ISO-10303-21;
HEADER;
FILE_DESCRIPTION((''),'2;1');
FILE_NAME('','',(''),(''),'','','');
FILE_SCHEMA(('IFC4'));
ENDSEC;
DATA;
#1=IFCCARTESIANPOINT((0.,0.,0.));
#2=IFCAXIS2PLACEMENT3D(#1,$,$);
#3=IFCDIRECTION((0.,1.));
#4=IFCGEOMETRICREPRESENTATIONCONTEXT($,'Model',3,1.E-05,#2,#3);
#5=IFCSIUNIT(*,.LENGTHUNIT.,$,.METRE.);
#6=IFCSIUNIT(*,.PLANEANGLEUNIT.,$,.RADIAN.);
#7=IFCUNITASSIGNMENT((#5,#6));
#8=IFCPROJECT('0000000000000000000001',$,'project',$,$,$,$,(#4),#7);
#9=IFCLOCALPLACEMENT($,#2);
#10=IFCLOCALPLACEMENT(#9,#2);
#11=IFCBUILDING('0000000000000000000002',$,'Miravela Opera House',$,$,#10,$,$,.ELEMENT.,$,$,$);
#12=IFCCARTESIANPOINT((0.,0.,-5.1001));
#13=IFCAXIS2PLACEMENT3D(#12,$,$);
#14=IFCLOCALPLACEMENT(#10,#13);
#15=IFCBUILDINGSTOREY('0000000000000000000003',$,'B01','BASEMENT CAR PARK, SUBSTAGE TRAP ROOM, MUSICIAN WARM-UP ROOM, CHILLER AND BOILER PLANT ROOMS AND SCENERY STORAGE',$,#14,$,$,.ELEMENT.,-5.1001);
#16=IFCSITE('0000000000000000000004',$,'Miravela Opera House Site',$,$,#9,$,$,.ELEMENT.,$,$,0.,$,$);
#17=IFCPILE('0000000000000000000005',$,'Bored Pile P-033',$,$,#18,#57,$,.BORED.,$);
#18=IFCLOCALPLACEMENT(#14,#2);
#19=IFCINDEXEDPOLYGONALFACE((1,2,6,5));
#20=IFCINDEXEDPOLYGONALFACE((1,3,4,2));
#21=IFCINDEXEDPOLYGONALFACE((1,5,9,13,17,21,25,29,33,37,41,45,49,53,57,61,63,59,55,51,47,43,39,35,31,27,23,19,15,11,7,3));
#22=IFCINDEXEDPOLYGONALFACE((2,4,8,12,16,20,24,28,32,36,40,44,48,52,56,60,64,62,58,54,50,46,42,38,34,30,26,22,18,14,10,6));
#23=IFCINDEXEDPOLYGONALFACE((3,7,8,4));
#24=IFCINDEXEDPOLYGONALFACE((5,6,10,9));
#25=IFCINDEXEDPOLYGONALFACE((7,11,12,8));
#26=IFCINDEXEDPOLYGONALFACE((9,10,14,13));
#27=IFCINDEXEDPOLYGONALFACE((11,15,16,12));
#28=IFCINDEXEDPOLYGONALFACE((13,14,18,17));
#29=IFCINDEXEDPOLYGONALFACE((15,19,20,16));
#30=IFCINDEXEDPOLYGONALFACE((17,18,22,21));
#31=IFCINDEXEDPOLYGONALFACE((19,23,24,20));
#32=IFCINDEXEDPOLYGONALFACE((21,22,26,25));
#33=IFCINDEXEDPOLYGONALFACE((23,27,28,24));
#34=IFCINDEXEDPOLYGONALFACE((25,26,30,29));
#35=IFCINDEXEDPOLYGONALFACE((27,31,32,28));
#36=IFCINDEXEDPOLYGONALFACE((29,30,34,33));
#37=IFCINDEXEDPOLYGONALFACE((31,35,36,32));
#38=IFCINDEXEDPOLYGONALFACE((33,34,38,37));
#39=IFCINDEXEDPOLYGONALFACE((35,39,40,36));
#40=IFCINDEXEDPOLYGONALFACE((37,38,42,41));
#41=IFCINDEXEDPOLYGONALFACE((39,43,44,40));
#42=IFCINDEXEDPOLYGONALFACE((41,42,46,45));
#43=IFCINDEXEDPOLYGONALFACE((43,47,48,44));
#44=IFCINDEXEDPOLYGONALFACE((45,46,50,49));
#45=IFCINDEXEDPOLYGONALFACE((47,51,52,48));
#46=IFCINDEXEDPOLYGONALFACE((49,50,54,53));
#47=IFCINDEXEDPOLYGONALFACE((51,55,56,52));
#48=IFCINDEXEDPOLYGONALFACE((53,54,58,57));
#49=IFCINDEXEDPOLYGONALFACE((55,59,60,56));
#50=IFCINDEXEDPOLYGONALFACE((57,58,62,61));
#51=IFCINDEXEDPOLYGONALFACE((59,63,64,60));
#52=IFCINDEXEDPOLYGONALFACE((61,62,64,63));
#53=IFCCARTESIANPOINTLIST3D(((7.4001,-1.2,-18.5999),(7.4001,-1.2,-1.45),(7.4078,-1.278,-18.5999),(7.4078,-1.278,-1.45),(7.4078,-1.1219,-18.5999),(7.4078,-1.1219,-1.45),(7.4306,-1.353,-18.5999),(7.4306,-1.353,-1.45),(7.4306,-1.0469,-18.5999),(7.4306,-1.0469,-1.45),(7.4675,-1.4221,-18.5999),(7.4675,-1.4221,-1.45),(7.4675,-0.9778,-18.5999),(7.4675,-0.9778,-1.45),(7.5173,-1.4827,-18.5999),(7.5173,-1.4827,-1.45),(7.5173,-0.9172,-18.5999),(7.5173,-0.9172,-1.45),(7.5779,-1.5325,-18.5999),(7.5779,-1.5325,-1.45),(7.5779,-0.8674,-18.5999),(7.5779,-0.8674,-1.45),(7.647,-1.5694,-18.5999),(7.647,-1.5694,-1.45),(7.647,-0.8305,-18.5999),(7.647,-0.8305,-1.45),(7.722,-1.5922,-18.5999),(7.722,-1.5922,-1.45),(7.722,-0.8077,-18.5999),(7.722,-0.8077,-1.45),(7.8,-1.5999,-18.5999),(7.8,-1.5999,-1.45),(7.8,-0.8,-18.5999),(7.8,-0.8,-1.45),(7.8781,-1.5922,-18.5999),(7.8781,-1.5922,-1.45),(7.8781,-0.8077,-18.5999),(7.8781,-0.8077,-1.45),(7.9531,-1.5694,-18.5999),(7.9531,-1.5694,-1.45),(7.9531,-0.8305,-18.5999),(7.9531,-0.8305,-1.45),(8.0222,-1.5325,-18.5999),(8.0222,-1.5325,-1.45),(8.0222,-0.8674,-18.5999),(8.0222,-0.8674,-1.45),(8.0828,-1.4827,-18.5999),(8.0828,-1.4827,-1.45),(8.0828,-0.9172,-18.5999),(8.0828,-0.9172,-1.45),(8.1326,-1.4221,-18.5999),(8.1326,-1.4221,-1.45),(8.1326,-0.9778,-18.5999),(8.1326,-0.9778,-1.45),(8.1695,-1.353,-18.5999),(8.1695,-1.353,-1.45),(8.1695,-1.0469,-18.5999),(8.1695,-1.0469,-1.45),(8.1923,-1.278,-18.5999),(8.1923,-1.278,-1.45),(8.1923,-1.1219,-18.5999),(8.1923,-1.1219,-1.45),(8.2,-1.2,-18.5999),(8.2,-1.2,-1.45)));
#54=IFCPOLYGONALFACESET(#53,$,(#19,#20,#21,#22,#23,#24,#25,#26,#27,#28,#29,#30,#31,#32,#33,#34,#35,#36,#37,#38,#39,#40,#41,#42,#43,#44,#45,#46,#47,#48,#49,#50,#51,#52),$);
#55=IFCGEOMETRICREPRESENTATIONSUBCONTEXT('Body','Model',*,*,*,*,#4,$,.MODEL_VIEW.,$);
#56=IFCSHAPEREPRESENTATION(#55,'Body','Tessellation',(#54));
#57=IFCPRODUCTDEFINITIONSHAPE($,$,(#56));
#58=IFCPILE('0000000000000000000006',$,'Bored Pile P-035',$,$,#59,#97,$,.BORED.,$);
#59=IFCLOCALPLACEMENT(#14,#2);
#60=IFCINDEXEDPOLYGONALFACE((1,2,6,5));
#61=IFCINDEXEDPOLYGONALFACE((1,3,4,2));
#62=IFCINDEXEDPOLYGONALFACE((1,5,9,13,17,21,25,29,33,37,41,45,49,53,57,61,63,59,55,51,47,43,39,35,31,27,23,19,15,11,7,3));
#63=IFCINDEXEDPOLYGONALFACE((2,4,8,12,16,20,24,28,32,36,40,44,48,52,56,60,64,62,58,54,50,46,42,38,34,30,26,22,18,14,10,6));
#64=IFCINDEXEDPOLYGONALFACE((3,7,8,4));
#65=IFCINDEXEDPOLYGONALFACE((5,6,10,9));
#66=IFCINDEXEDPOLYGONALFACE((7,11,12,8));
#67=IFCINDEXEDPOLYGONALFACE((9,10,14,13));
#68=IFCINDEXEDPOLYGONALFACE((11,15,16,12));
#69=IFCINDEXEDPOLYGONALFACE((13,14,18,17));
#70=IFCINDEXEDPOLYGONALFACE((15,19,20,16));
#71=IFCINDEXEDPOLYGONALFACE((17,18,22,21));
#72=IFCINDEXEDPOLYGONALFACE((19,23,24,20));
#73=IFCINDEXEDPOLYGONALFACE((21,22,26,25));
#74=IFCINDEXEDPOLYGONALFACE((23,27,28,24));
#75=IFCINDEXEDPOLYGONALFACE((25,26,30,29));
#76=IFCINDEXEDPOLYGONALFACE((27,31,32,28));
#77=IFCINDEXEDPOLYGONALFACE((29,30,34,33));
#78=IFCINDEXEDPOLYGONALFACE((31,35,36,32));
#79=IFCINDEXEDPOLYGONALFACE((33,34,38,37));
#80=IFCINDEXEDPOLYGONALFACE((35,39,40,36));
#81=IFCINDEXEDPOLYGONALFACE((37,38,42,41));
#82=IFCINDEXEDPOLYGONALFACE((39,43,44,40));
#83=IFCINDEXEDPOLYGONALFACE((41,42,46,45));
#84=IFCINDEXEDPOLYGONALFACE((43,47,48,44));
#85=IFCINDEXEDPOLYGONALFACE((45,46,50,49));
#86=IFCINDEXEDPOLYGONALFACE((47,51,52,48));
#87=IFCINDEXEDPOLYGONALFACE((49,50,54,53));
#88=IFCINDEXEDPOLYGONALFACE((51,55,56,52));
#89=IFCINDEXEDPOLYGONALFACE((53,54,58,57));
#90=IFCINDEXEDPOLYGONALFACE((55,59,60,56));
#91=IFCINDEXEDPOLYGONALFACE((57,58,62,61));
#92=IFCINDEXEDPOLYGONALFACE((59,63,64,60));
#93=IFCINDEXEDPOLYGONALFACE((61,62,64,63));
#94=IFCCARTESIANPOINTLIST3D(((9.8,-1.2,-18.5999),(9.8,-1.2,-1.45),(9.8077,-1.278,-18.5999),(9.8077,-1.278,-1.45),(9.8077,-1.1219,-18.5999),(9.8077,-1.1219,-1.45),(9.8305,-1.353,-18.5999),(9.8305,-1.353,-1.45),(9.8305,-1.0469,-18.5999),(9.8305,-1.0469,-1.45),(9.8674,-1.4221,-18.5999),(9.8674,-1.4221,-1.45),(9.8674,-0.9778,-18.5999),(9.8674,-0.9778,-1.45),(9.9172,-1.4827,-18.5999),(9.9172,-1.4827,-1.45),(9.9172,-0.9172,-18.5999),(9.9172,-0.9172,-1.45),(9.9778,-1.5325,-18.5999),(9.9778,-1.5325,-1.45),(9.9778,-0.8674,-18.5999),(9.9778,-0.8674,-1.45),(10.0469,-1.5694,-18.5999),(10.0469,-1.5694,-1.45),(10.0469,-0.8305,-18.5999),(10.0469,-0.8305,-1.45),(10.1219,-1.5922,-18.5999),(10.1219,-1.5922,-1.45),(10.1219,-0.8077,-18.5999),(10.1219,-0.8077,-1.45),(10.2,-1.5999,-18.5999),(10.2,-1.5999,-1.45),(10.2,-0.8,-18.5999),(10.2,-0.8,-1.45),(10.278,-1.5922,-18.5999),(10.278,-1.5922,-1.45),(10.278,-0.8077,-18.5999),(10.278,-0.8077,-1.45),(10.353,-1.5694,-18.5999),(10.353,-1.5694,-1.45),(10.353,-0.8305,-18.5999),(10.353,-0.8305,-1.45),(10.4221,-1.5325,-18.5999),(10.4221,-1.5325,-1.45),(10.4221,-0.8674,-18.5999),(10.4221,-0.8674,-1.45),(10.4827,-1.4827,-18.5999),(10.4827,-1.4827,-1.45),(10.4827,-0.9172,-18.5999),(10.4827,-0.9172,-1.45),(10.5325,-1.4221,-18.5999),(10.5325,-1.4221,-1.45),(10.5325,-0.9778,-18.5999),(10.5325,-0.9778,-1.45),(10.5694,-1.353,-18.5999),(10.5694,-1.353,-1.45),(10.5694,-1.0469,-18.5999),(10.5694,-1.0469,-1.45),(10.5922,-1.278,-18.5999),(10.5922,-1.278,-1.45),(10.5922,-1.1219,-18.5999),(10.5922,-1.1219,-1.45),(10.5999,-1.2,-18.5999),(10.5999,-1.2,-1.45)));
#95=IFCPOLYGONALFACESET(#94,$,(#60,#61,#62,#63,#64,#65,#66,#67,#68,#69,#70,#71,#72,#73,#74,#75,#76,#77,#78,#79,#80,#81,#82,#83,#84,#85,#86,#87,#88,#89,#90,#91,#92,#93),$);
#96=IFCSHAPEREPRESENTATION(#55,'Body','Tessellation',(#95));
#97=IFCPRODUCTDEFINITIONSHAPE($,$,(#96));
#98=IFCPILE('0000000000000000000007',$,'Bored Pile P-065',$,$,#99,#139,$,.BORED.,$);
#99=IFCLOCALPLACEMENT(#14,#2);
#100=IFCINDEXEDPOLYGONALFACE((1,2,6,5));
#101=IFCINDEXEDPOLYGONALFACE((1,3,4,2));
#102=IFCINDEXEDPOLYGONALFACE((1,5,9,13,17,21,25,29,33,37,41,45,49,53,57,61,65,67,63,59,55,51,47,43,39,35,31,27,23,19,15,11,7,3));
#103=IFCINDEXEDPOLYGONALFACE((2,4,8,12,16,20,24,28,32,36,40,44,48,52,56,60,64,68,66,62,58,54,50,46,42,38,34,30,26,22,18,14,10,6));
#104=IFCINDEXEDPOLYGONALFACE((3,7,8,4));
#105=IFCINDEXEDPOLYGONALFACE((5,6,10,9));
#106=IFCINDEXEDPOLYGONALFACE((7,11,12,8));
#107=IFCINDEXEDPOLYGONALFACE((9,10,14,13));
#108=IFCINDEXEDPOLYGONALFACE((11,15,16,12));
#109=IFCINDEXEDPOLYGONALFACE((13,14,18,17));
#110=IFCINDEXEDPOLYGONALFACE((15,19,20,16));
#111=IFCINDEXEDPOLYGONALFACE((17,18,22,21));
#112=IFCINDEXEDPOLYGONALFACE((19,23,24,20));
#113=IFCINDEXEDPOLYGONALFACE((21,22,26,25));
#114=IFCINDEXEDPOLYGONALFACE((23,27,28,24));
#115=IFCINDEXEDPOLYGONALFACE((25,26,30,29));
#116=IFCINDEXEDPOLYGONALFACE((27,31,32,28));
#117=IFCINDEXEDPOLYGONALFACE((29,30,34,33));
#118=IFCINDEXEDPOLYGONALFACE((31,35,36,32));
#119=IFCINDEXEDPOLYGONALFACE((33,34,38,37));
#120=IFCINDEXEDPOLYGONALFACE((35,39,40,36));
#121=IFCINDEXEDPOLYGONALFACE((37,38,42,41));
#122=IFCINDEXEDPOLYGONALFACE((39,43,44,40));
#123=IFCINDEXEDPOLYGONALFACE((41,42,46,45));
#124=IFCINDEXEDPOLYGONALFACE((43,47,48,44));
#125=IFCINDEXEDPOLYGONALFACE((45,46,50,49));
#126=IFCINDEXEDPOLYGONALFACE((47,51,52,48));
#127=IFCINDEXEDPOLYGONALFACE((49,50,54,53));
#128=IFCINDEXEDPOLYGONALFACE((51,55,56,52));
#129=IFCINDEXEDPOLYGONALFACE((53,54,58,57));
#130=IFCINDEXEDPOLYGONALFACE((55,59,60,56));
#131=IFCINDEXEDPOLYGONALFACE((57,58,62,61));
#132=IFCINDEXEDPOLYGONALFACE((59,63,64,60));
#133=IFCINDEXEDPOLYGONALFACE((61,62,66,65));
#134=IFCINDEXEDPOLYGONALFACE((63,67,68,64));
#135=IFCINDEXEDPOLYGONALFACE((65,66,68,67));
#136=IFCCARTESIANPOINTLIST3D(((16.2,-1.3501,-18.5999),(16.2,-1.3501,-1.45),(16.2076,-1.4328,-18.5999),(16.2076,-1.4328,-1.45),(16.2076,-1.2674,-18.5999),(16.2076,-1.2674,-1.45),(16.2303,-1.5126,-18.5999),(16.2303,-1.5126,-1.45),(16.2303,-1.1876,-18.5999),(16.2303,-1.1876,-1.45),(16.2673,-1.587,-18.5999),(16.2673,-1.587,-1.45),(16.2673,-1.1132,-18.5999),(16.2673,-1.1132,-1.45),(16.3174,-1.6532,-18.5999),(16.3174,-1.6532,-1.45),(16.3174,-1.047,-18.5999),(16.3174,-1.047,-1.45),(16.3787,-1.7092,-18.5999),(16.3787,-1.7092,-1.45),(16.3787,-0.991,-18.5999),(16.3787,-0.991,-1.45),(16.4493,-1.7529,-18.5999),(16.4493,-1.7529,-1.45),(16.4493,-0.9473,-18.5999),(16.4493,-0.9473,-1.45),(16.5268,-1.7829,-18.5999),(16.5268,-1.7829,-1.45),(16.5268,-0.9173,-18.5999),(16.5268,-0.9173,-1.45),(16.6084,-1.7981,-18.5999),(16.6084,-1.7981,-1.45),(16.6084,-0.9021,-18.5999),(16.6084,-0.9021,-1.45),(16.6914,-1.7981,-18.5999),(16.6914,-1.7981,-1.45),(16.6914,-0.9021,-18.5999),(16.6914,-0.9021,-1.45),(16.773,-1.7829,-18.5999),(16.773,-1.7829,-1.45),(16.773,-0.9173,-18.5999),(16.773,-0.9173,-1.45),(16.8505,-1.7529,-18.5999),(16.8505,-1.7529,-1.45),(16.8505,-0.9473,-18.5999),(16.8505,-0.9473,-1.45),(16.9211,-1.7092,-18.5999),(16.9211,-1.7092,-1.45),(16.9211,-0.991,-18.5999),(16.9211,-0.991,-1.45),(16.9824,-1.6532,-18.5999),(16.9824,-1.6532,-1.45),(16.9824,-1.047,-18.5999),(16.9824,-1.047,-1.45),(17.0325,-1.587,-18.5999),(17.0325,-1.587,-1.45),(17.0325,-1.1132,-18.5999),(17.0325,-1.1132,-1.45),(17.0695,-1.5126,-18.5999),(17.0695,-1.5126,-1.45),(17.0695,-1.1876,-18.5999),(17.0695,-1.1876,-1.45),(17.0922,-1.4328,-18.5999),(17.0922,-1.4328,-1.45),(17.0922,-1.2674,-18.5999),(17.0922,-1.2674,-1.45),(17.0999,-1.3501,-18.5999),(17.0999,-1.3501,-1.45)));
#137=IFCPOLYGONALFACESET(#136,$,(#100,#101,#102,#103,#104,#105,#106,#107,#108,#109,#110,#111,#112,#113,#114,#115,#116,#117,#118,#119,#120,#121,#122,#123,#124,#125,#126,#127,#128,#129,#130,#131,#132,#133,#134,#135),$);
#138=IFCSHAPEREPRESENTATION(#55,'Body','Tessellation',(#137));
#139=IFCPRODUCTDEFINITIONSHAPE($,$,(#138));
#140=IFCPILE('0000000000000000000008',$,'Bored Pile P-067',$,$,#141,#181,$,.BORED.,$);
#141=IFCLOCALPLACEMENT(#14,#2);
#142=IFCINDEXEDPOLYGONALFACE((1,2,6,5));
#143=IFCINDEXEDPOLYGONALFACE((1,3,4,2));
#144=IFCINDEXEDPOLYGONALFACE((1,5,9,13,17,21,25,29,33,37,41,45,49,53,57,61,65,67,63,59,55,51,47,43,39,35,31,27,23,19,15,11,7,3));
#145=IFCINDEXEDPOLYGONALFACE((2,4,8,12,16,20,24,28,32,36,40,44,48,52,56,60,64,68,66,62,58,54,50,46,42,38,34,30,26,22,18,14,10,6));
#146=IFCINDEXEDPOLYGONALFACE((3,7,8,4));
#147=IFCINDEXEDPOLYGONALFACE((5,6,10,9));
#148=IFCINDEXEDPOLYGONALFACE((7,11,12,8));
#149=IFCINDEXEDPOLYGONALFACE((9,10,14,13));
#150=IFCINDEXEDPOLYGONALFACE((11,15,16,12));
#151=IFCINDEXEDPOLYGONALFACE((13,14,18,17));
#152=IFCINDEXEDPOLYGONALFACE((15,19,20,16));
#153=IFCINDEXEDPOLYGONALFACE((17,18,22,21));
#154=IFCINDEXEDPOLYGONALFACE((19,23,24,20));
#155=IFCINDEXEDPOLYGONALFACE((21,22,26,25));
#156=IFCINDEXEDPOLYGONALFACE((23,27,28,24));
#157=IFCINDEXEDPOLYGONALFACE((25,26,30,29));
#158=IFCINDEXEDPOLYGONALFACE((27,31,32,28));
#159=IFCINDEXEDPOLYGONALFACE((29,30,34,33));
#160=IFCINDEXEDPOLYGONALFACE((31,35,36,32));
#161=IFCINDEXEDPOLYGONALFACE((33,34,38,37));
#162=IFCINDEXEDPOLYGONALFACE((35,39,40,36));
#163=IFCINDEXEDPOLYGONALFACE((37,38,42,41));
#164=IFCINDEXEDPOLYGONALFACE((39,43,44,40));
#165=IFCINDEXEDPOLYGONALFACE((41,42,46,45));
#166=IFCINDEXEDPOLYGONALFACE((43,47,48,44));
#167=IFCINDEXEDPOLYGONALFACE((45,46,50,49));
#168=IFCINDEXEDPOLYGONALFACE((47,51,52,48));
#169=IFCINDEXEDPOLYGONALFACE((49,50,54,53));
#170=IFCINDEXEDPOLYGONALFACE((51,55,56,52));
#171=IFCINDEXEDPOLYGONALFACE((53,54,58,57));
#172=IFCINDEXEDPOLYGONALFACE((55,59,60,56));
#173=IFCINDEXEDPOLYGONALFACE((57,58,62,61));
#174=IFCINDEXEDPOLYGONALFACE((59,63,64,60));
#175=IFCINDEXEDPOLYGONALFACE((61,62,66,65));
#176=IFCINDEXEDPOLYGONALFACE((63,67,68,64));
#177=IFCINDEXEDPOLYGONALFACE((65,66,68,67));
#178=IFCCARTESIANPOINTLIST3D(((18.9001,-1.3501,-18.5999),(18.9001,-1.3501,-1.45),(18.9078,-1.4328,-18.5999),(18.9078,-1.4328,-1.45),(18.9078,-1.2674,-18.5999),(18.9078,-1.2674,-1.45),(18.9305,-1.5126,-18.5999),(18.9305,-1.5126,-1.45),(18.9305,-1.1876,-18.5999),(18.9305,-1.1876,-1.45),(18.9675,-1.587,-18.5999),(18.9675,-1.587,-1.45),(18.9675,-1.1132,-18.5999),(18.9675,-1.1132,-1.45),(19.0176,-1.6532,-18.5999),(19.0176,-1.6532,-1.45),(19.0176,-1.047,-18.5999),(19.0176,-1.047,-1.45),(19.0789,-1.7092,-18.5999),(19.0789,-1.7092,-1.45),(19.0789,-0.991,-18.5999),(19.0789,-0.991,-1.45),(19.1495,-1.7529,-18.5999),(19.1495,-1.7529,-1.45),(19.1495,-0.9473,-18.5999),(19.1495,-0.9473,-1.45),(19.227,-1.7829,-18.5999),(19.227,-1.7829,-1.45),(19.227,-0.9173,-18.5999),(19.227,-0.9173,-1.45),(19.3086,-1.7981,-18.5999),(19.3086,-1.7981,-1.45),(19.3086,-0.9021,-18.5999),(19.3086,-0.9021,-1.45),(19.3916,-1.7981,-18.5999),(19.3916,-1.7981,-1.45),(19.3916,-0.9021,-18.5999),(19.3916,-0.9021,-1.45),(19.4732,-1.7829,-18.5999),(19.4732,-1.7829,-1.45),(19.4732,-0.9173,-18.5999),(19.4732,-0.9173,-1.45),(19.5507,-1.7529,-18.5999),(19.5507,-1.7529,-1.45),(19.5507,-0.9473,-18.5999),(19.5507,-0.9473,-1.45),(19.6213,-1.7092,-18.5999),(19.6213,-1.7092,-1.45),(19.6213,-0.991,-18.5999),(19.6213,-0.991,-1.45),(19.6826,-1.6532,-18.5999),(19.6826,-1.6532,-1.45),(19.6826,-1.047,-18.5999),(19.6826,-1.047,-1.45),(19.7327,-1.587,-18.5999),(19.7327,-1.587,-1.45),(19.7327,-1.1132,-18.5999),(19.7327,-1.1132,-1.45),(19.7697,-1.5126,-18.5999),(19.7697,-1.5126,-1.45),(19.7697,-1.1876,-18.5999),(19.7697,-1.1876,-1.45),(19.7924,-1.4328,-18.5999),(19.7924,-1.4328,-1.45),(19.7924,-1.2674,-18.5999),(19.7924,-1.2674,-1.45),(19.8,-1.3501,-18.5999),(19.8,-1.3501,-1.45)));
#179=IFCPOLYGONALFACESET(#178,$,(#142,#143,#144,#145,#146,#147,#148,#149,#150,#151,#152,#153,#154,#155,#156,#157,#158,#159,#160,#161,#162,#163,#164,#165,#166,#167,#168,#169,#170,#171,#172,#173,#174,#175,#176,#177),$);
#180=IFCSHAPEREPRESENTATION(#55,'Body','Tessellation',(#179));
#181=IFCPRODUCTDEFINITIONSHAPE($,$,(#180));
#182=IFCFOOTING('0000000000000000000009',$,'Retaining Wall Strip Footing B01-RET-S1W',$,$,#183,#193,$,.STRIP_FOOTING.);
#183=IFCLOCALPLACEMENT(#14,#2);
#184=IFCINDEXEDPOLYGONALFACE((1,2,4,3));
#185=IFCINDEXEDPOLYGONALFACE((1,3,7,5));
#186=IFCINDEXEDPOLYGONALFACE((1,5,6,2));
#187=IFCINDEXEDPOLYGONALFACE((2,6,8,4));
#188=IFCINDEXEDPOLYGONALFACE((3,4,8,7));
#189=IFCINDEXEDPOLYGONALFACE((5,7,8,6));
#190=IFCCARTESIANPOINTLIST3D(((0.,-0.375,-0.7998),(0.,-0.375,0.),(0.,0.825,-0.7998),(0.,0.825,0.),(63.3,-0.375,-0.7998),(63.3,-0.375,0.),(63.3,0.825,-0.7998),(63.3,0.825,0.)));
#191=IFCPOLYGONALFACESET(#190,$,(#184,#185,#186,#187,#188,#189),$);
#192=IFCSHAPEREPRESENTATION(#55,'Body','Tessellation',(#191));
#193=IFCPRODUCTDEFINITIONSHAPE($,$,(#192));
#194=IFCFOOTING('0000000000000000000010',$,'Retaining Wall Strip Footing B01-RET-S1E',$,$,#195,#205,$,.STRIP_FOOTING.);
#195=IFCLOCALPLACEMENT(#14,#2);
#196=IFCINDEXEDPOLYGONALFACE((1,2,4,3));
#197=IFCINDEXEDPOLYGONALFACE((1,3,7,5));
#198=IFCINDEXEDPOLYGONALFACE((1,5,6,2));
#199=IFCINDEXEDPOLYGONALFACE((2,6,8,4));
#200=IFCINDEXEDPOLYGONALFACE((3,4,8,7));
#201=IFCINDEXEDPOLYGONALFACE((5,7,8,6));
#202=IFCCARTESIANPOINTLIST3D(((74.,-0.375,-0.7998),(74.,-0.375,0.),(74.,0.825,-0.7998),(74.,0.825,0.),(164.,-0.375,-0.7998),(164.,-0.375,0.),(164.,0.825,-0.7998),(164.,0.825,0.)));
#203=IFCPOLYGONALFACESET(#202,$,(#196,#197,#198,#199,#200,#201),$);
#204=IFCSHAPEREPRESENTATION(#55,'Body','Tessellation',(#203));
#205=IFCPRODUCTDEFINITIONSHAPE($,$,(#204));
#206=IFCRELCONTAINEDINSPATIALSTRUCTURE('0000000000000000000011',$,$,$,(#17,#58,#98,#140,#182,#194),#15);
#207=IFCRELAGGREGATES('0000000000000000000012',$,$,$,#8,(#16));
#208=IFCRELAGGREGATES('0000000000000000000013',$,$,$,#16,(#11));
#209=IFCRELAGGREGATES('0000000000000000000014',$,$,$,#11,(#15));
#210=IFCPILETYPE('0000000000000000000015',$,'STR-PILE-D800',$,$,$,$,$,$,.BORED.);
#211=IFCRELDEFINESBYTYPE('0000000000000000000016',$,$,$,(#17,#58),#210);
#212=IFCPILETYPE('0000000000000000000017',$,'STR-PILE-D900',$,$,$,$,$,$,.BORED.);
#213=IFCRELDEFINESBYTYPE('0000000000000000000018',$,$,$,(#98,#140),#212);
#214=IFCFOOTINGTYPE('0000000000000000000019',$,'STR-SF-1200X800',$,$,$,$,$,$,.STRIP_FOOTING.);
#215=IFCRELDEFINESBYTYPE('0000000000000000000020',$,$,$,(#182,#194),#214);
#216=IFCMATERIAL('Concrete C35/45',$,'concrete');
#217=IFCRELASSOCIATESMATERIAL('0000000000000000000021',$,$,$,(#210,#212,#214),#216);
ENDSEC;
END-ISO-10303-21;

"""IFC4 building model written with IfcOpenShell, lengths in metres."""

from ifc_helpers import new_model, si_unit, direction, frame, origin, origin_2d, place, context, subcontext, project, spatial, polyline, circle, outline, extrude, material, material_profile, profile_set, type_object, element, save


model = new_model("IFC4")

# Units and contexts
model_context = context("Model", 3, precision=1e-05, world=origin(), true_north=direction((0.0, 1.0)))
body_context = subcontext(model_context, "Body", "Model", "MODEL_VIEW")
ifc_project = project(units=[si_unit("LENGTHUNIT", "METRE"), si_unit("PLANEANGLEUNIT", "RADIAN")], contexts=[model_context])

# Site, building, storey
site_placement = place(None, origin())
site = spatial("IfcSite", under=ifc_project, at=site_placement, Name="Miravela Opera House Site", CompositionType="ELEMENT", RefElevation=0.0)
building_placement = place(site_placement, origin())
building = spatial("IfcBuilding", under=site, at=building_placement, Name="Miravela Opera House", CompositionType="ELEMENT")
storey_placement = place(building_placement, frame((0.0, 0.0, -5.1001)))
storey = spatial("IfcBuildingStorey", under=building, at=storey_placement, Name="B01", Description="BASEMENT CAR PARK, SUBSTAGE TRAP ROOM, MUSICIAN WARM-UP ROOM, CHILLER AND BOILER PLANT ROOMS AND SCENERY STORAGE", CompositionType="ELEMENT", Elevation=-5.1001)

# Shared definitions
ifc_material_1 = material(Name="Concrete C35/45", Category="concrete")

# Piles
ifc_material_profile_1 = material_profile(ifc_material_1, circle(Radius=0.3999, at=origin_2d()), Name="PILE-D800")
ifc_profile_set_1 = profile_set([ifc_material_profile_1])
pile_type_1 = type_object("IfcPileType", Name="STR-PILE-D800", PredefinedType="BORED", material=ifc_profile_set_1)
for number, where, z_axis, x_axis, name in (
    (1, (7.8, -1.2, -1.45), (0.0, 0.0, -1.0), (1.0, 0.0, 0.0), "Bored Pile P-033"),
    (2, (10.2, -1.2, -1.45), (0.0, 0.0, -1.0), (1.0, 0.0, 0.0), "Bored Pile P-035"),
):
    element("IfcPile", number, at=place(storey_placement, frame(where, z_axis=z_axis, x_axis=x_axis)), inside=storey, type_object=pile_type_1, Name=name, PredefinedType="BORED", context=body_context, shape_type="SweptSolid", body=[
        extrude(circle(Radius=0.3999, at=origin_2d()), origin(), (0.0, 0.0, 1.0), 17.1499),
    ])
ifc_material_profile_2 = material_profile(ifc_material_1, circle(Radius=0.45, at=origin_2d()), Name="PILE-D900")
ifc_profile_set_2 = profile_set([ifc_material_profile_2])
pile_type_2 = type_object("IfcPileType", Name="STR-PILE-D900", PredefinedType="BORED", material=ifc_profile_set_2)
for number, where, z_axis, x_axis, name in (
    (3, (16.6499, -1.3501, -1.45), (0.0, 0.0, -1.0), (1.0, 0.0, 0.0), "Bored Pile P-065"),
    (4, (19.3501, -1.3501, -1.45), (0.0, 0.0, -1.0), (1.0, 0.0, 0.0), "Bored Pile P-067"),
):
    element("IfcPile", number, at=place(storey_placement, frame(where, z_axis=z_axis, x_axis=x_axis)), inside=storey, type_object=pile_type_2, Name=name, PredefinedType="BORED", context=body_context, shape_type="SweptSolid", body=[
        extrude(circle(Radius=0.45, at=origin_2d()), origin(), (0.0, 0.0, 1.0), 17.1499),
    ])

# Footings
footing_type_1 = type_object("IfcFootingType", Name="STR-SF-1200X800", PredefinedType="STRIP_FOOTING", material=ifc_material_1)
footing_1_placement = place(storey_placement, frame((0.0, 0.0, -0.7998)))
element("IfcFooting", 5, at=footing_1_placement, inside=storey, type_object=footing_type_1, Name="Retaining Wall Strip Footing B01-RET-S1W", PredefinedType="STRIP_FOOTING", context=body_context, shape_type="SweptSolid", body=[
    extrude(outline(polyline([(0.0, -0.375), (63.3, -0.375), (63.3, 0.825), (0.0, 0.825), (0.0, -0.375)])), origin(), (0.0, 0.0, 1.0), 0.7998),
])
footing_2_placement = place(storey_placement, frame((0.0, 0.0, -0.7998)))
element("IfcFooting", 6, at=footing_2_placement, inside=storey, type_object=footing_type_1, Name="Retaining Wall Strip Footing B01-RET-S1E", PredefinedType="STRIP_FOOTING", context=body_context, shape_type="SweptSolid", body=[
    extrude(outline(polyline([(74.0, -0.375), (164.0, -0.375), (164.0, 0.825), (74.0, 0.825), (74.0, -0.375)])), origin(), (0.0, 0.0, 1.0), 0.7998),
])

save(model, "model.ifc")
